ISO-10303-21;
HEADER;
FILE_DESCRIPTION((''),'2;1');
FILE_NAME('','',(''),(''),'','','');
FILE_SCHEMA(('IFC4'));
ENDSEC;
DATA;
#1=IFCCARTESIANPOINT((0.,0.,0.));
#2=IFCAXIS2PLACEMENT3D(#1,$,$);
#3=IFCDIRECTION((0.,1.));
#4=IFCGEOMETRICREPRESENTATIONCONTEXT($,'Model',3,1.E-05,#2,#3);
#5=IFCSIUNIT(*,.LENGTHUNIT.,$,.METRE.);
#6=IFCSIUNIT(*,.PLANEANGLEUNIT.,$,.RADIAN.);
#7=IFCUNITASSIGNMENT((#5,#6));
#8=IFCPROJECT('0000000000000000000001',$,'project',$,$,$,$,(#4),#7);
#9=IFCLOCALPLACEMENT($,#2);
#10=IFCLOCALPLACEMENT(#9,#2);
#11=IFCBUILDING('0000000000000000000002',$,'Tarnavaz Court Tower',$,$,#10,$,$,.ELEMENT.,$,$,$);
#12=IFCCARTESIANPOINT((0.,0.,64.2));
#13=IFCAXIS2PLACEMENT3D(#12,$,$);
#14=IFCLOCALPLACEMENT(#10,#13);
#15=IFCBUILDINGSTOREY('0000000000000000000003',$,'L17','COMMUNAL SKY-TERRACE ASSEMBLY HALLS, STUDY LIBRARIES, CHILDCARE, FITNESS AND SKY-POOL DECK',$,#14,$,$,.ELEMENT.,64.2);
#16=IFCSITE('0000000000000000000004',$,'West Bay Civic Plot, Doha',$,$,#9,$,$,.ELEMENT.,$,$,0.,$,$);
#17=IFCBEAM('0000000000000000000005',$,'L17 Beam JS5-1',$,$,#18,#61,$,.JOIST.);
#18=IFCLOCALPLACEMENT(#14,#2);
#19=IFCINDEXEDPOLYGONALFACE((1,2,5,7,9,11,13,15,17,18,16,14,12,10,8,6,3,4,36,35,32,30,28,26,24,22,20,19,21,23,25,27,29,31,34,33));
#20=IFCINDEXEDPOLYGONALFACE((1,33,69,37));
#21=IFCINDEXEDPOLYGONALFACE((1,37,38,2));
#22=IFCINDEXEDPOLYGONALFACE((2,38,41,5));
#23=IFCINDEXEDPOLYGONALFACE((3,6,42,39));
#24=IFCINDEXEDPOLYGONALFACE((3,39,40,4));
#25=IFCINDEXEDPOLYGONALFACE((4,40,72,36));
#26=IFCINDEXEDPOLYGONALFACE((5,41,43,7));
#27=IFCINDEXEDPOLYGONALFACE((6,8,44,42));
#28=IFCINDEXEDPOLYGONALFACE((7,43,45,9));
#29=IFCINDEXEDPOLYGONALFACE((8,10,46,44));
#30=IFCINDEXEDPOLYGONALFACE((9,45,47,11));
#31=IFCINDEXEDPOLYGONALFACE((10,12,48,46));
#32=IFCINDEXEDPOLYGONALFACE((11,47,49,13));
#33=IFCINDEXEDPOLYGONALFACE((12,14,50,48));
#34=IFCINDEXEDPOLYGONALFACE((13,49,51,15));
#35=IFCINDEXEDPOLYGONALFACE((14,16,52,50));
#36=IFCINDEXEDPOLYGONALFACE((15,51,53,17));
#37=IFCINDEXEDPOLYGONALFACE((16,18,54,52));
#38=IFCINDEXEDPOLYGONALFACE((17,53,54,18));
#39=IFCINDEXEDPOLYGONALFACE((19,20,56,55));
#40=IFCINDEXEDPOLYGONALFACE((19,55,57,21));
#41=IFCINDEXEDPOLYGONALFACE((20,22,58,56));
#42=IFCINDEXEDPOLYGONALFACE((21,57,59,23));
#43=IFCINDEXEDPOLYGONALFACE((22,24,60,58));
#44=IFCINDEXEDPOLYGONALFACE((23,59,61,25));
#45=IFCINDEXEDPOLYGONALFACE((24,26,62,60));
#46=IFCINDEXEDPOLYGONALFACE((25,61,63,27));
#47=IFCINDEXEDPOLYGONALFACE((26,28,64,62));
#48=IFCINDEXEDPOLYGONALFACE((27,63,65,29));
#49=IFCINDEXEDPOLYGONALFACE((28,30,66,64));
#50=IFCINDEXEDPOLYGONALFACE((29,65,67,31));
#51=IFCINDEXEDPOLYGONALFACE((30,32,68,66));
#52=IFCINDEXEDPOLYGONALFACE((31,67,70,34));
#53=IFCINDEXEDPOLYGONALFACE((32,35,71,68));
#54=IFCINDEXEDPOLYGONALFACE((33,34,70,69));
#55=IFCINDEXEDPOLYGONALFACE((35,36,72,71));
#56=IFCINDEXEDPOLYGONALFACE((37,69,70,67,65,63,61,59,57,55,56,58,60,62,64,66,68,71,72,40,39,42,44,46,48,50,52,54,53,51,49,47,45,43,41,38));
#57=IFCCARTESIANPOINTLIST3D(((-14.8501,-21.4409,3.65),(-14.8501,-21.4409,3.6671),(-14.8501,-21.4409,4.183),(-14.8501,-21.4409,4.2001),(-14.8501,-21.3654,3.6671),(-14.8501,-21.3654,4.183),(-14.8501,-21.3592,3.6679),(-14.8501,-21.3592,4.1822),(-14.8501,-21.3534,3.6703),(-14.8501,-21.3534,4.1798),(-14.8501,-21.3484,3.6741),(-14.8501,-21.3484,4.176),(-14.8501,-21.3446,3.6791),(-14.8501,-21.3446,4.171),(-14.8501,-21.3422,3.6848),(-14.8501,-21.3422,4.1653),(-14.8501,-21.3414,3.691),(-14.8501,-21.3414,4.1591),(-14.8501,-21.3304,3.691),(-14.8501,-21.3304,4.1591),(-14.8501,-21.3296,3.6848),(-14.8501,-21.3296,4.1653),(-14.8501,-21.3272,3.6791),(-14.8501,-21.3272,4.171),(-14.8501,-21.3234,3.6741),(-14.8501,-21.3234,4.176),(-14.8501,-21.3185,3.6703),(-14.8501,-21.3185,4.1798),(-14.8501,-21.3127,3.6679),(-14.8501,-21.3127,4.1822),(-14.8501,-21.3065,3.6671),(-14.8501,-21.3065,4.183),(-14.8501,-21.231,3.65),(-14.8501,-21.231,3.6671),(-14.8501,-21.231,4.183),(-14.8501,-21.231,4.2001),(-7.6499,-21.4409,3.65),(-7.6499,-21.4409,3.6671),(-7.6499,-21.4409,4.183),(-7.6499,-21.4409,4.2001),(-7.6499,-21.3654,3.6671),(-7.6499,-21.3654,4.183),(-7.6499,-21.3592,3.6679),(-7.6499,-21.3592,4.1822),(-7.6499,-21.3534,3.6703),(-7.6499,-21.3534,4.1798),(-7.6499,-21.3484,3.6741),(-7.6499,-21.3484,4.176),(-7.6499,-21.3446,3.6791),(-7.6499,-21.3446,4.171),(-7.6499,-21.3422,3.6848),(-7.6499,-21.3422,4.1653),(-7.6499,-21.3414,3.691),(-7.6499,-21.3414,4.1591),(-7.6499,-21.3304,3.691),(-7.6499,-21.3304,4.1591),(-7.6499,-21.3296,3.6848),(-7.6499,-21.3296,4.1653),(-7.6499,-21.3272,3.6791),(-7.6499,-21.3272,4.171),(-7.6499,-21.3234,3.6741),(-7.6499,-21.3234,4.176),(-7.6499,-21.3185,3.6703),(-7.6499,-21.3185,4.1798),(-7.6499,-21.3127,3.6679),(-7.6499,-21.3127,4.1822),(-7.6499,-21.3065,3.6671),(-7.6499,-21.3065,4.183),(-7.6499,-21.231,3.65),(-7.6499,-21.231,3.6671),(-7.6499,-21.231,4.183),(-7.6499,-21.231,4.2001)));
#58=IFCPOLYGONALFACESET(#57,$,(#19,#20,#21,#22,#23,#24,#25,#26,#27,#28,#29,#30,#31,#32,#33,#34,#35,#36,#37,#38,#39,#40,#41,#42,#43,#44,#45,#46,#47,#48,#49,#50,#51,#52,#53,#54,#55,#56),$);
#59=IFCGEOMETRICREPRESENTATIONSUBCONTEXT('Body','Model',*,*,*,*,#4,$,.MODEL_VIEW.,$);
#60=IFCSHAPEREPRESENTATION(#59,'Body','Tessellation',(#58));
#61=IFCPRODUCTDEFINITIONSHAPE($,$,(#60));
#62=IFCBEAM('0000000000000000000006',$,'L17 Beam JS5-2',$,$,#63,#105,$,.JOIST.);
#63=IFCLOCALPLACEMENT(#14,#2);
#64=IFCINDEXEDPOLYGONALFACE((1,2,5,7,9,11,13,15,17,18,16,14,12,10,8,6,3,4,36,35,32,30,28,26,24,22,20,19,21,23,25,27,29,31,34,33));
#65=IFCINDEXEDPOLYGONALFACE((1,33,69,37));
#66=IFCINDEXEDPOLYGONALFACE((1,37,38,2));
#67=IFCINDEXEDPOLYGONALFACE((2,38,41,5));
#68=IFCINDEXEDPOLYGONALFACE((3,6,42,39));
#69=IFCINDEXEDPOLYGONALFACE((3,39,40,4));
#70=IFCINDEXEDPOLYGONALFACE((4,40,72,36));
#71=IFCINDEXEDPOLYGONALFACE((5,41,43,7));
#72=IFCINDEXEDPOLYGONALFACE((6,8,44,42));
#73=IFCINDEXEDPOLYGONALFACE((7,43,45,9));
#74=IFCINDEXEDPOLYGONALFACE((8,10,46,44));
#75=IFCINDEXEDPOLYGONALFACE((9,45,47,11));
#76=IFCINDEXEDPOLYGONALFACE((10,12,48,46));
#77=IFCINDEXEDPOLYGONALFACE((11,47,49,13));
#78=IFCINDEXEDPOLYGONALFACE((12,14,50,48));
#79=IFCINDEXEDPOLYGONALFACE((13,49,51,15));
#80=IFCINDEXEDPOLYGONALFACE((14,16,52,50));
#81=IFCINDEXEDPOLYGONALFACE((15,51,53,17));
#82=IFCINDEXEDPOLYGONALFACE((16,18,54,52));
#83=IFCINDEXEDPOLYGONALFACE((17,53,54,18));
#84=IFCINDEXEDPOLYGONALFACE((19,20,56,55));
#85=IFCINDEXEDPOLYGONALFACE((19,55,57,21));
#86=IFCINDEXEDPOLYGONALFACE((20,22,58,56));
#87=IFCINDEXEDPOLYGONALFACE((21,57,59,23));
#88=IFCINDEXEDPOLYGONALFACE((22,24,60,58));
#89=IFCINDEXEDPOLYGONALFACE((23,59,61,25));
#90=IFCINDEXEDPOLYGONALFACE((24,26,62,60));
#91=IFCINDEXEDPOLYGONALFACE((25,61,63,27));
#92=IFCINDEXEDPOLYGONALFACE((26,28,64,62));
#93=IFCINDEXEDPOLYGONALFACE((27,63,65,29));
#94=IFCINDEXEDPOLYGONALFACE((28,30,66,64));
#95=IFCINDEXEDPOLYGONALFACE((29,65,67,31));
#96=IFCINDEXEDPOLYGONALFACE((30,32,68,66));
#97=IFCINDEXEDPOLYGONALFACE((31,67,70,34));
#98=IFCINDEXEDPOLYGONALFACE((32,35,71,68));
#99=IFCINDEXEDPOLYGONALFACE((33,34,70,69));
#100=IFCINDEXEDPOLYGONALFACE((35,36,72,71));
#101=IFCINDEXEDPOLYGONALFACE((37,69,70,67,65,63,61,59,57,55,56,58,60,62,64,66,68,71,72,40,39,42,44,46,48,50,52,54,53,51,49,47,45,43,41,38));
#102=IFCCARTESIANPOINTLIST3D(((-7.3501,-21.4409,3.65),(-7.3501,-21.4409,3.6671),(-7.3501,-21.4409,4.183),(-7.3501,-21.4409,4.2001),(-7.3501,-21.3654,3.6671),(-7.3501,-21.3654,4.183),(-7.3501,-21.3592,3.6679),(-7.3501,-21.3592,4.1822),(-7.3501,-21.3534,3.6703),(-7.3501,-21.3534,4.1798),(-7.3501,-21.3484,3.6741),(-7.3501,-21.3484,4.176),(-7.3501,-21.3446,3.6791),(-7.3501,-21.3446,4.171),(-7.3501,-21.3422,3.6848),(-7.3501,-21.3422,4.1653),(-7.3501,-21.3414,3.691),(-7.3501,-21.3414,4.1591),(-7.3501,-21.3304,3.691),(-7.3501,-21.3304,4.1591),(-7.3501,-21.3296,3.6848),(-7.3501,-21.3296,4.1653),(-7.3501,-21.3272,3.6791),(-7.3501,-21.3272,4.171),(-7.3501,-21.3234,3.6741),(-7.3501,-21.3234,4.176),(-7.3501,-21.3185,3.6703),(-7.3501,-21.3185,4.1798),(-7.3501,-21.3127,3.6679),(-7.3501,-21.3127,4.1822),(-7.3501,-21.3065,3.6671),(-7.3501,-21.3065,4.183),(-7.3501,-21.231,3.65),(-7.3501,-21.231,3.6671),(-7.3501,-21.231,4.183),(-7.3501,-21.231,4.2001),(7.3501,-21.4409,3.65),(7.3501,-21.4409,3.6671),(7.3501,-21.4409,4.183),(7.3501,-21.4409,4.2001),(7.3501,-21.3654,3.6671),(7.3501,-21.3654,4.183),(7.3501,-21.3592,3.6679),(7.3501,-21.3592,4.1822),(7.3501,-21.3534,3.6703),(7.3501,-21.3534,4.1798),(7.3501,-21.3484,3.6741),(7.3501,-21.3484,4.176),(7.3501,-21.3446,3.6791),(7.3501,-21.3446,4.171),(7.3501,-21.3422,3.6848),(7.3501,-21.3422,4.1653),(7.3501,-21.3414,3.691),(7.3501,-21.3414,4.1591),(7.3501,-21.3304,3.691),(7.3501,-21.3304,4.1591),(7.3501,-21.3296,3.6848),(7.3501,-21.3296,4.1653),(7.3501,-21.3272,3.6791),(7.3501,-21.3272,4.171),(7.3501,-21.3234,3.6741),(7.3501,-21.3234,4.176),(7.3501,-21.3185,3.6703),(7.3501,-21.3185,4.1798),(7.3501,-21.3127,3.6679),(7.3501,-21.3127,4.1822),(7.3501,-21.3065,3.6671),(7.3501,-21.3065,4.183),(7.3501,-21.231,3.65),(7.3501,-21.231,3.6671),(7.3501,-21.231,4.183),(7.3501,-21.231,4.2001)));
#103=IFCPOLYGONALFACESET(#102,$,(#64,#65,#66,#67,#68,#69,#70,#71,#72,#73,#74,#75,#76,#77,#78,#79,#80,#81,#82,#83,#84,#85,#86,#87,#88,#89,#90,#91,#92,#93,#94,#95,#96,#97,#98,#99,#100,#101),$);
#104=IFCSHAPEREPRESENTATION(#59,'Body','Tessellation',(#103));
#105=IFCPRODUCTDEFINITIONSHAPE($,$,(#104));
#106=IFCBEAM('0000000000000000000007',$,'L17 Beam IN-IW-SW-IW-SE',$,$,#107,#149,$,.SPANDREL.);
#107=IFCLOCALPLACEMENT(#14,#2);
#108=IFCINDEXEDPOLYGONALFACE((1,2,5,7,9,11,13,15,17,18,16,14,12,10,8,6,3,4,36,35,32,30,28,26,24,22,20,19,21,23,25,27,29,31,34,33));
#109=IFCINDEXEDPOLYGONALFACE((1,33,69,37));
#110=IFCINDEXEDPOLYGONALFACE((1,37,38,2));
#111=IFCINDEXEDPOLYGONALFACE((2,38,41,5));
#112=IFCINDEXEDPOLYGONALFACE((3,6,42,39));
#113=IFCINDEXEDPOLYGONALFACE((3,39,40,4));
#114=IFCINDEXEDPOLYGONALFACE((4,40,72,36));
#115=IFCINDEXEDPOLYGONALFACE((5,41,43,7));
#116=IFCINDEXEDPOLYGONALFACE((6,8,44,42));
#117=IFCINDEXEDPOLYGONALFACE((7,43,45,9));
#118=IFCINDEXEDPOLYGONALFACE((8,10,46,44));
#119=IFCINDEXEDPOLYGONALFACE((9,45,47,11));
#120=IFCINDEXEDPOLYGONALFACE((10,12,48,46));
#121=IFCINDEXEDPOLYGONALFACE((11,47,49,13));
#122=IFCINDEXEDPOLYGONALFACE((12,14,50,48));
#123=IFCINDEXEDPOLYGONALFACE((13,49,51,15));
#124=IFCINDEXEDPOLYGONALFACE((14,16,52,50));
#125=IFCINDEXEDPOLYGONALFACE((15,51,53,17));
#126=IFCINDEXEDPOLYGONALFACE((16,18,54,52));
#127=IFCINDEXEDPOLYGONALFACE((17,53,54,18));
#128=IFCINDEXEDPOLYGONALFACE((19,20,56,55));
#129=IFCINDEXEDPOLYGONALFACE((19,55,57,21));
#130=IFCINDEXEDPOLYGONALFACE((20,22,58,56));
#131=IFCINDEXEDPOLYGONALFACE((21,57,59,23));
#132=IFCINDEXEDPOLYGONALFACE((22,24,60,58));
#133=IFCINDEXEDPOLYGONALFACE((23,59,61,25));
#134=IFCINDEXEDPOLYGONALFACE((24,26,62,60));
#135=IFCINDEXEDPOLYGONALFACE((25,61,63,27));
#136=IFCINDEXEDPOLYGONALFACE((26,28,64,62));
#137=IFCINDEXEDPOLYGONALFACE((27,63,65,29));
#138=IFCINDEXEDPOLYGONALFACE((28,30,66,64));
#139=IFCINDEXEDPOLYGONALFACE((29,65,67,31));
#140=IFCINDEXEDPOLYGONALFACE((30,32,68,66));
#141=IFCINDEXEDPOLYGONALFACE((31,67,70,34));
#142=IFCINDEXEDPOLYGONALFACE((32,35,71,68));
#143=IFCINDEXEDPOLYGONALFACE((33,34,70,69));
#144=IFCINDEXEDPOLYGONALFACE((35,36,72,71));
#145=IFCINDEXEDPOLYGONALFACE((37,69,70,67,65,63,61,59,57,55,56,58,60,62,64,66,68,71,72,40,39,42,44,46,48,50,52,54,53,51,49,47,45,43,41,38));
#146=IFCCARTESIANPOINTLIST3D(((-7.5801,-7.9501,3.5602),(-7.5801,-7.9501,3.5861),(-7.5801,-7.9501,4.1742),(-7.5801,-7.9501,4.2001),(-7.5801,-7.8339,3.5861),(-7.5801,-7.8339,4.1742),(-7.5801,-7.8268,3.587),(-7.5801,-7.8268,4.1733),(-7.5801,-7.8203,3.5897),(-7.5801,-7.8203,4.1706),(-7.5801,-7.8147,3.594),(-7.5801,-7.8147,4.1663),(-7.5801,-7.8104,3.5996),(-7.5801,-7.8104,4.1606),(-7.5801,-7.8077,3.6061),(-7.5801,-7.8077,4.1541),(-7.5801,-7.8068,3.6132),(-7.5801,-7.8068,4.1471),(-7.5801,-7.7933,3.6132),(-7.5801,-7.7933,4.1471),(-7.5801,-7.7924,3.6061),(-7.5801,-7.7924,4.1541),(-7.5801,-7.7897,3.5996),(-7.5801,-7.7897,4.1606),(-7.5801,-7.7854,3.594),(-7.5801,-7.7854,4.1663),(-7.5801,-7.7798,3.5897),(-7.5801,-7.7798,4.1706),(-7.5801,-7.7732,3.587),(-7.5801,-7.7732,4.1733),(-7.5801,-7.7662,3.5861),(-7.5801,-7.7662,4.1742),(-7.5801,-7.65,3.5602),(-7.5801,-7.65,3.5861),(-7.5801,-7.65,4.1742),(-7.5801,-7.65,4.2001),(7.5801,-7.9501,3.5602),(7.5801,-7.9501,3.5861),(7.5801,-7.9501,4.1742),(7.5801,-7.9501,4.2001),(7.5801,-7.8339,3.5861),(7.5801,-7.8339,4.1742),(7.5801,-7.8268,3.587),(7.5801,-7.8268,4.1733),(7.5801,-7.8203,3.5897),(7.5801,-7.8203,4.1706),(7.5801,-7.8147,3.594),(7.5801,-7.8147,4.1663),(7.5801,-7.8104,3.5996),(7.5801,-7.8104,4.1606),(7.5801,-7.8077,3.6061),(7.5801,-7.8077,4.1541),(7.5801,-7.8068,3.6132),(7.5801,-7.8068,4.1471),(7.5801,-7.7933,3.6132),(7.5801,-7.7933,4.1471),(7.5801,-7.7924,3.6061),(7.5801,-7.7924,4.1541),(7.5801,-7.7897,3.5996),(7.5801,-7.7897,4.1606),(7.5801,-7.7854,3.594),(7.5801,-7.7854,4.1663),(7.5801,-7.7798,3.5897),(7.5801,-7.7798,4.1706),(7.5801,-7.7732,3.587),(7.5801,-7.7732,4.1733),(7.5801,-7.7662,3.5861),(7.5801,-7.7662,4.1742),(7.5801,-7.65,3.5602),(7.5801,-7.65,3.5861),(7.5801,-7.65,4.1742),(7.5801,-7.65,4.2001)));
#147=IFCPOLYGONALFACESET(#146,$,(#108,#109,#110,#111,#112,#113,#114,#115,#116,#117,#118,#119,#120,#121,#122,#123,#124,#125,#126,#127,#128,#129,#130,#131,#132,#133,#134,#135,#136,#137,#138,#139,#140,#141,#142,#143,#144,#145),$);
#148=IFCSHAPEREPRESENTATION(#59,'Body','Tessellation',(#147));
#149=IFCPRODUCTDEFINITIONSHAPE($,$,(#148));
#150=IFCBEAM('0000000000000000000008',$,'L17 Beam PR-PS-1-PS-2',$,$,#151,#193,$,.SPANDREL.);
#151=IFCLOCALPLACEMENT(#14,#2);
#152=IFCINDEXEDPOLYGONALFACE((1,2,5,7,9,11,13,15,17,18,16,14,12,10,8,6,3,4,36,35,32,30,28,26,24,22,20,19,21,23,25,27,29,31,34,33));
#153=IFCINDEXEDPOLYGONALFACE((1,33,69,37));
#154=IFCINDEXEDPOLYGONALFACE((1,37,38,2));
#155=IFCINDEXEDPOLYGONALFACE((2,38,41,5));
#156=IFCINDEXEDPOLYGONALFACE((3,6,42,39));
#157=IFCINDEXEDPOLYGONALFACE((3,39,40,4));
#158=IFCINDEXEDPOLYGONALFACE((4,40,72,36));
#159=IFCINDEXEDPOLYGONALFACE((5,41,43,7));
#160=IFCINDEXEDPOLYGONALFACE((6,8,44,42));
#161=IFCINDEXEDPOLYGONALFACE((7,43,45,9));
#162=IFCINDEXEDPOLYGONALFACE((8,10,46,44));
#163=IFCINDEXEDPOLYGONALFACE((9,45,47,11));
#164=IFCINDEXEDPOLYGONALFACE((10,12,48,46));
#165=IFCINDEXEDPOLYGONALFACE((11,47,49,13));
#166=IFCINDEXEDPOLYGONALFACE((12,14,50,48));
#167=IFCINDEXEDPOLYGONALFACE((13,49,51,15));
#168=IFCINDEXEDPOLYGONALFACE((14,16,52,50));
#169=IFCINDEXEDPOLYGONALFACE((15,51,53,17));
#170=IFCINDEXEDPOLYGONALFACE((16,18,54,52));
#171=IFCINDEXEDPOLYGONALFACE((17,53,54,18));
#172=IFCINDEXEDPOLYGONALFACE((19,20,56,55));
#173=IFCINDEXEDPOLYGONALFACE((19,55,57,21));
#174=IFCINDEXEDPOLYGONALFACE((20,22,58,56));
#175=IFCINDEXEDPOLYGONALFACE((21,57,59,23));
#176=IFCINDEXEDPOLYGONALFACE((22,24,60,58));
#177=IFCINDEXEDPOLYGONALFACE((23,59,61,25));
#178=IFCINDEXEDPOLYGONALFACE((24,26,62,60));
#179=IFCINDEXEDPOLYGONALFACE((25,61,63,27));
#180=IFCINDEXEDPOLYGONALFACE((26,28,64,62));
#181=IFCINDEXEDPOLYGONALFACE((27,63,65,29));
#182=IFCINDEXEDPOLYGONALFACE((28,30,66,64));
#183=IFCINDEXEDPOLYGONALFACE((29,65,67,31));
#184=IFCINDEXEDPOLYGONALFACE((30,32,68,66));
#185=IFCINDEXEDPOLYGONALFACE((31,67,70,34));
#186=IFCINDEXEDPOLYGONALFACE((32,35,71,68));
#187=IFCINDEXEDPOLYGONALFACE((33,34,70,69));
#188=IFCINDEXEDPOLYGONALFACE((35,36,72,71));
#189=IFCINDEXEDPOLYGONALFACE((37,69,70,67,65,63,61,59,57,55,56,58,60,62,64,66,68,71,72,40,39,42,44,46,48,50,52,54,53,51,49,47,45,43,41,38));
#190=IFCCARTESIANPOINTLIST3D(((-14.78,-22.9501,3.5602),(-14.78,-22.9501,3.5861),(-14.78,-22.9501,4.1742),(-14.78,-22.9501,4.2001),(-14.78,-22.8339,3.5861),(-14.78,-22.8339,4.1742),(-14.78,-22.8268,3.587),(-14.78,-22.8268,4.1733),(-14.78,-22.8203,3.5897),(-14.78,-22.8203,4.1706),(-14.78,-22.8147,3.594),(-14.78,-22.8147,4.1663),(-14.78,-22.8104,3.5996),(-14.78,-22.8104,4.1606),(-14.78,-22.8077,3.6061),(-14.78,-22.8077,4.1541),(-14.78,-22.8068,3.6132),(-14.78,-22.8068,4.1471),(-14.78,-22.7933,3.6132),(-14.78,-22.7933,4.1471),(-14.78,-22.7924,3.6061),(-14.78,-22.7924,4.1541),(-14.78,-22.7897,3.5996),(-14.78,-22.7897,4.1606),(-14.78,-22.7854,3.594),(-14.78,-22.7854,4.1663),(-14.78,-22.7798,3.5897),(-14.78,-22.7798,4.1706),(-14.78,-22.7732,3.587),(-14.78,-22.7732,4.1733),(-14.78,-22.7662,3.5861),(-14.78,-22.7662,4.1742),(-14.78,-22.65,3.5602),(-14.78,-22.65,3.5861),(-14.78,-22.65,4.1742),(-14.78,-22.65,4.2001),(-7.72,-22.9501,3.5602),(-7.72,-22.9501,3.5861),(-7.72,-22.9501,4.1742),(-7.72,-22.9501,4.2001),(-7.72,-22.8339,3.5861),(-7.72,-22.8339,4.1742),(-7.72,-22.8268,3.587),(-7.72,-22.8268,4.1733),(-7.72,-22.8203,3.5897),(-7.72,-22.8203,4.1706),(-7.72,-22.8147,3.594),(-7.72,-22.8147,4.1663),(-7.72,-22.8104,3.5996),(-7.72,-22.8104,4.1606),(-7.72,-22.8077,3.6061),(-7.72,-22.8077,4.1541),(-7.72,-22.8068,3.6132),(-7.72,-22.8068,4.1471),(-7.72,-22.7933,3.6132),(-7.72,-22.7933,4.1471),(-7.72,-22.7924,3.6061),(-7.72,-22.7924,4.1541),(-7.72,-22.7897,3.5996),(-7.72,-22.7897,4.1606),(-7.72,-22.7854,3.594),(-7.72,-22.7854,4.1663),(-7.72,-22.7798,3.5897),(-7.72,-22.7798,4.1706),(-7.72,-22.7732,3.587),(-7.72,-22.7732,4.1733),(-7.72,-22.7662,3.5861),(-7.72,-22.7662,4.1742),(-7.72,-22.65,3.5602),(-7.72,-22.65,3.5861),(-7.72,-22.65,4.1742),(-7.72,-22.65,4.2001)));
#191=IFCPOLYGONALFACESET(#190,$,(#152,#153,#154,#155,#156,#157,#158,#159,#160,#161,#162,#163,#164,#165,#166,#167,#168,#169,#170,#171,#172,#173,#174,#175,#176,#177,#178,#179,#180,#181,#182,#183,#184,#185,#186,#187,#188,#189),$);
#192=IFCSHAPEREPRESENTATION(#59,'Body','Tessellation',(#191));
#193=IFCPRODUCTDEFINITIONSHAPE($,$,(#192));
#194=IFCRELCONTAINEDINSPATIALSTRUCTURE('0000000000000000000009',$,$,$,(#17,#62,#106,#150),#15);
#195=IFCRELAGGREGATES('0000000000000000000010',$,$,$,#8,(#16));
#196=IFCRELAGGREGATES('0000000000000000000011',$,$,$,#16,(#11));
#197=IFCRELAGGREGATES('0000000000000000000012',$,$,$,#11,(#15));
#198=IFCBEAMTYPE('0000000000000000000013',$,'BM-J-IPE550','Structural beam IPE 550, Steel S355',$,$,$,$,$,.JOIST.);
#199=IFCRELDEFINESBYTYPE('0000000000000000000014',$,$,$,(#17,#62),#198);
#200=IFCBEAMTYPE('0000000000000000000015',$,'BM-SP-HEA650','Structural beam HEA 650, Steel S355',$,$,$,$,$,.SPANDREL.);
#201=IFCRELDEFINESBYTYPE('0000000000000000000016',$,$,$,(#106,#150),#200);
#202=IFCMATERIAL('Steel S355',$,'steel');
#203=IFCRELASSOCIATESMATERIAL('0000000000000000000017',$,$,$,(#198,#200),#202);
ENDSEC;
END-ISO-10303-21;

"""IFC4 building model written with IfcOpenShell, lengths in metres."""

from ifc_helpers import new_model, si_unit, direction, frame, origin, origin_2d, place, context, subcontext, project, spatial, i_section, extrude, material, material_profile, profile_set, type_object, element, save


model = new_model("IFC4")

# Units and contexts
model_context = context("Model", 3, precision=1e-05, world=origin(), true_north=direction((0.0, 1.0)))
body_context = subcontext(model_context, "Body", "Model", "MODEL_VIEW")
ifc_project = project(units=[si_unit("LENGTHUNIT", "METRE"), si_unit("PLANEANGLEUNIT", "RADIAN")], contexts=[model_context])

# Site, building, storey
site_placement = place(None, origin())
site = spatial("IfcSite", under=ifc_project, at=site_placement, Name="West Bay Civic Plot, Doha", CompositionType="ELEMENT", RefElevation=0.0)
building_placement = place(site_placement, origin())
building = spatial("IfcBuilding", under=site, at=building_placement, Name="Tarnavaz Court Tower", CompositionType="ELEMENT")
storey_placement = place(building_placement, frame((0.0, 0.0, 64.2)))
storey = spatial("IfcBuildingStorey", under=building, at=storey_placement, Name="L17", Description="COMMUNAL SKY-TERRACE ASSEMBLY HALLS, STUDY LIBRARIES, CHILDCARE, FITNESS AND SKY-POOL DECK", CompositionType="ELEMENT", Elevation=64.2)

# Beams
ifc_material_1 = material(Name="Steel S355", Category="steel")
ifc_material_profile_1 = material_profile(ifc_material_1, i_section(OverallWidth=0.21, OverallDepth=0.55, WebThickness=0.011, FlangeThickness=0.0171, FilletRadius=0.0239, at=origin_2d()), Name="IPE 550")
ifc_profile_set_1 = profile_set([ifc_material_profile_1], Name="Steel S355")
beam_type_1 = type_object("IfcBeamType", Name="BM-J-IPE550", Description="Structural beam IPE 550, Steel S355", PredefinedType="JOIST", material=ifc_profile_set_1)
beam_1_placement = place(storey_placement, frame((-14.8501, -21.3359, 3.925), z_axis=(1.0, 0.0, 0.0), x_axis=(0.0, 1.0, 0.0)))
element("IfcBeam", 1, at=beam_1_placement, inside=storey, type_object=beam_type_1, Name="L17 Beam JS5-1", PredefinedType="JOIST", context=body_context, shape_type="SweptSolid", body=[
    extrude(i_section(OverallWidth=0.21, OverallDepth=0.55, WebThickness=0.011, FlangeThickness=0.0171, FilletRadius=0.0239, at=origin_2d()), origin(), (0.0, 0.0, 1.0), 7.2002),
])
beam_2_placement = place(storey_placement, frame((-7.3501, -21.3359, 3.925), z_axis=(1.0, 0.0, 0.0), x_axis=(0.0, 1.0, 0.0)))
element("IfcBeam", 2, at=beam_2_placement, inside=storey, type_object=beam_type_1, Name="L17 Beam JS5-2", PredefinedType="JOIST", context=body_context, shape_type="SweptSolid", body=[
    extrude(i_section(OverallWidth=0.21, OverallDepth=0.55, WebThickness=0.011, FlangeThickness=0.0171, FilletRadius=0.0239, at=origin_2d()), origin(), (0.0, 0.0, 1.0), 14.7002),
])
ifc_material_profile_2 = material_profile(ifc_material_1, i_section(OverallWidth=0.3, OverallDepth=0.6399, WebThickness=0.0134, FlangeThickness=0.0259, FilletRadius=0.0271, at=origin_2d()), Name="HEA 650")
ifc_profile_set_2 = profile_set([ifc_material_profile_2], Name="Steel S355")
beam_type_2 = type_object("IfcBeamType", Name="BM-SP-HEA650", Description="Structural beam HEA 650, Steel S355", PredefinedType="SPANDREL", material=ifc_profile_set_2)
beam_3_placement = place(storey_placement, frame((-7.5801, -7.8, 3.8801), z_axis=(1.0, 0.0, 0.0), x_axis=(0.0, 1.0, 0.0)))
element("IfcBeam", 3, at=beam_3_placement, inside=storey, type_object=beam_type_2, Name="L17 Beam IN-IW-SW-IW-SE", PredefinedType="SPANDREL", context=body_context, shape_type="SweptSolid", body=[
    extrude(i_section(OverallWidth=0.3, OverallDepth=0.6399, WebThickness=0.0134, FlangeThickness=0.0259, FilletRadius=0.0271, at=origin_2d()), origin(), (0.0, 0.0, 1.0), 15.1602),
])
beam_4_placement = place(storey_placement, frame((-14.78, -22.8, 3.8801), z_axis=(1.0, 0.0, 0.0), x_axis=(0.0, 1.0, 0.0)))
element("IfcBeam", 4, at=beam_4_placement, inside=storey, type_object=beam_type_2, Name="L17 Beam PR-PS-1-PS-2", PredefinedType="SPANDREL", context=body_context, shape_type="SweptSolid", body=[
    extrude(i_section(OverallWidth=0.3, OverallDepth=0.6399, WebThickness=0.0134, FlangeThickness=0.0259, FilletRadius=0.0271, at=origin_2d()), origin(), (0.0, 0.0, 1.0), 7.0601),
])

save(model, "model.ifc")
